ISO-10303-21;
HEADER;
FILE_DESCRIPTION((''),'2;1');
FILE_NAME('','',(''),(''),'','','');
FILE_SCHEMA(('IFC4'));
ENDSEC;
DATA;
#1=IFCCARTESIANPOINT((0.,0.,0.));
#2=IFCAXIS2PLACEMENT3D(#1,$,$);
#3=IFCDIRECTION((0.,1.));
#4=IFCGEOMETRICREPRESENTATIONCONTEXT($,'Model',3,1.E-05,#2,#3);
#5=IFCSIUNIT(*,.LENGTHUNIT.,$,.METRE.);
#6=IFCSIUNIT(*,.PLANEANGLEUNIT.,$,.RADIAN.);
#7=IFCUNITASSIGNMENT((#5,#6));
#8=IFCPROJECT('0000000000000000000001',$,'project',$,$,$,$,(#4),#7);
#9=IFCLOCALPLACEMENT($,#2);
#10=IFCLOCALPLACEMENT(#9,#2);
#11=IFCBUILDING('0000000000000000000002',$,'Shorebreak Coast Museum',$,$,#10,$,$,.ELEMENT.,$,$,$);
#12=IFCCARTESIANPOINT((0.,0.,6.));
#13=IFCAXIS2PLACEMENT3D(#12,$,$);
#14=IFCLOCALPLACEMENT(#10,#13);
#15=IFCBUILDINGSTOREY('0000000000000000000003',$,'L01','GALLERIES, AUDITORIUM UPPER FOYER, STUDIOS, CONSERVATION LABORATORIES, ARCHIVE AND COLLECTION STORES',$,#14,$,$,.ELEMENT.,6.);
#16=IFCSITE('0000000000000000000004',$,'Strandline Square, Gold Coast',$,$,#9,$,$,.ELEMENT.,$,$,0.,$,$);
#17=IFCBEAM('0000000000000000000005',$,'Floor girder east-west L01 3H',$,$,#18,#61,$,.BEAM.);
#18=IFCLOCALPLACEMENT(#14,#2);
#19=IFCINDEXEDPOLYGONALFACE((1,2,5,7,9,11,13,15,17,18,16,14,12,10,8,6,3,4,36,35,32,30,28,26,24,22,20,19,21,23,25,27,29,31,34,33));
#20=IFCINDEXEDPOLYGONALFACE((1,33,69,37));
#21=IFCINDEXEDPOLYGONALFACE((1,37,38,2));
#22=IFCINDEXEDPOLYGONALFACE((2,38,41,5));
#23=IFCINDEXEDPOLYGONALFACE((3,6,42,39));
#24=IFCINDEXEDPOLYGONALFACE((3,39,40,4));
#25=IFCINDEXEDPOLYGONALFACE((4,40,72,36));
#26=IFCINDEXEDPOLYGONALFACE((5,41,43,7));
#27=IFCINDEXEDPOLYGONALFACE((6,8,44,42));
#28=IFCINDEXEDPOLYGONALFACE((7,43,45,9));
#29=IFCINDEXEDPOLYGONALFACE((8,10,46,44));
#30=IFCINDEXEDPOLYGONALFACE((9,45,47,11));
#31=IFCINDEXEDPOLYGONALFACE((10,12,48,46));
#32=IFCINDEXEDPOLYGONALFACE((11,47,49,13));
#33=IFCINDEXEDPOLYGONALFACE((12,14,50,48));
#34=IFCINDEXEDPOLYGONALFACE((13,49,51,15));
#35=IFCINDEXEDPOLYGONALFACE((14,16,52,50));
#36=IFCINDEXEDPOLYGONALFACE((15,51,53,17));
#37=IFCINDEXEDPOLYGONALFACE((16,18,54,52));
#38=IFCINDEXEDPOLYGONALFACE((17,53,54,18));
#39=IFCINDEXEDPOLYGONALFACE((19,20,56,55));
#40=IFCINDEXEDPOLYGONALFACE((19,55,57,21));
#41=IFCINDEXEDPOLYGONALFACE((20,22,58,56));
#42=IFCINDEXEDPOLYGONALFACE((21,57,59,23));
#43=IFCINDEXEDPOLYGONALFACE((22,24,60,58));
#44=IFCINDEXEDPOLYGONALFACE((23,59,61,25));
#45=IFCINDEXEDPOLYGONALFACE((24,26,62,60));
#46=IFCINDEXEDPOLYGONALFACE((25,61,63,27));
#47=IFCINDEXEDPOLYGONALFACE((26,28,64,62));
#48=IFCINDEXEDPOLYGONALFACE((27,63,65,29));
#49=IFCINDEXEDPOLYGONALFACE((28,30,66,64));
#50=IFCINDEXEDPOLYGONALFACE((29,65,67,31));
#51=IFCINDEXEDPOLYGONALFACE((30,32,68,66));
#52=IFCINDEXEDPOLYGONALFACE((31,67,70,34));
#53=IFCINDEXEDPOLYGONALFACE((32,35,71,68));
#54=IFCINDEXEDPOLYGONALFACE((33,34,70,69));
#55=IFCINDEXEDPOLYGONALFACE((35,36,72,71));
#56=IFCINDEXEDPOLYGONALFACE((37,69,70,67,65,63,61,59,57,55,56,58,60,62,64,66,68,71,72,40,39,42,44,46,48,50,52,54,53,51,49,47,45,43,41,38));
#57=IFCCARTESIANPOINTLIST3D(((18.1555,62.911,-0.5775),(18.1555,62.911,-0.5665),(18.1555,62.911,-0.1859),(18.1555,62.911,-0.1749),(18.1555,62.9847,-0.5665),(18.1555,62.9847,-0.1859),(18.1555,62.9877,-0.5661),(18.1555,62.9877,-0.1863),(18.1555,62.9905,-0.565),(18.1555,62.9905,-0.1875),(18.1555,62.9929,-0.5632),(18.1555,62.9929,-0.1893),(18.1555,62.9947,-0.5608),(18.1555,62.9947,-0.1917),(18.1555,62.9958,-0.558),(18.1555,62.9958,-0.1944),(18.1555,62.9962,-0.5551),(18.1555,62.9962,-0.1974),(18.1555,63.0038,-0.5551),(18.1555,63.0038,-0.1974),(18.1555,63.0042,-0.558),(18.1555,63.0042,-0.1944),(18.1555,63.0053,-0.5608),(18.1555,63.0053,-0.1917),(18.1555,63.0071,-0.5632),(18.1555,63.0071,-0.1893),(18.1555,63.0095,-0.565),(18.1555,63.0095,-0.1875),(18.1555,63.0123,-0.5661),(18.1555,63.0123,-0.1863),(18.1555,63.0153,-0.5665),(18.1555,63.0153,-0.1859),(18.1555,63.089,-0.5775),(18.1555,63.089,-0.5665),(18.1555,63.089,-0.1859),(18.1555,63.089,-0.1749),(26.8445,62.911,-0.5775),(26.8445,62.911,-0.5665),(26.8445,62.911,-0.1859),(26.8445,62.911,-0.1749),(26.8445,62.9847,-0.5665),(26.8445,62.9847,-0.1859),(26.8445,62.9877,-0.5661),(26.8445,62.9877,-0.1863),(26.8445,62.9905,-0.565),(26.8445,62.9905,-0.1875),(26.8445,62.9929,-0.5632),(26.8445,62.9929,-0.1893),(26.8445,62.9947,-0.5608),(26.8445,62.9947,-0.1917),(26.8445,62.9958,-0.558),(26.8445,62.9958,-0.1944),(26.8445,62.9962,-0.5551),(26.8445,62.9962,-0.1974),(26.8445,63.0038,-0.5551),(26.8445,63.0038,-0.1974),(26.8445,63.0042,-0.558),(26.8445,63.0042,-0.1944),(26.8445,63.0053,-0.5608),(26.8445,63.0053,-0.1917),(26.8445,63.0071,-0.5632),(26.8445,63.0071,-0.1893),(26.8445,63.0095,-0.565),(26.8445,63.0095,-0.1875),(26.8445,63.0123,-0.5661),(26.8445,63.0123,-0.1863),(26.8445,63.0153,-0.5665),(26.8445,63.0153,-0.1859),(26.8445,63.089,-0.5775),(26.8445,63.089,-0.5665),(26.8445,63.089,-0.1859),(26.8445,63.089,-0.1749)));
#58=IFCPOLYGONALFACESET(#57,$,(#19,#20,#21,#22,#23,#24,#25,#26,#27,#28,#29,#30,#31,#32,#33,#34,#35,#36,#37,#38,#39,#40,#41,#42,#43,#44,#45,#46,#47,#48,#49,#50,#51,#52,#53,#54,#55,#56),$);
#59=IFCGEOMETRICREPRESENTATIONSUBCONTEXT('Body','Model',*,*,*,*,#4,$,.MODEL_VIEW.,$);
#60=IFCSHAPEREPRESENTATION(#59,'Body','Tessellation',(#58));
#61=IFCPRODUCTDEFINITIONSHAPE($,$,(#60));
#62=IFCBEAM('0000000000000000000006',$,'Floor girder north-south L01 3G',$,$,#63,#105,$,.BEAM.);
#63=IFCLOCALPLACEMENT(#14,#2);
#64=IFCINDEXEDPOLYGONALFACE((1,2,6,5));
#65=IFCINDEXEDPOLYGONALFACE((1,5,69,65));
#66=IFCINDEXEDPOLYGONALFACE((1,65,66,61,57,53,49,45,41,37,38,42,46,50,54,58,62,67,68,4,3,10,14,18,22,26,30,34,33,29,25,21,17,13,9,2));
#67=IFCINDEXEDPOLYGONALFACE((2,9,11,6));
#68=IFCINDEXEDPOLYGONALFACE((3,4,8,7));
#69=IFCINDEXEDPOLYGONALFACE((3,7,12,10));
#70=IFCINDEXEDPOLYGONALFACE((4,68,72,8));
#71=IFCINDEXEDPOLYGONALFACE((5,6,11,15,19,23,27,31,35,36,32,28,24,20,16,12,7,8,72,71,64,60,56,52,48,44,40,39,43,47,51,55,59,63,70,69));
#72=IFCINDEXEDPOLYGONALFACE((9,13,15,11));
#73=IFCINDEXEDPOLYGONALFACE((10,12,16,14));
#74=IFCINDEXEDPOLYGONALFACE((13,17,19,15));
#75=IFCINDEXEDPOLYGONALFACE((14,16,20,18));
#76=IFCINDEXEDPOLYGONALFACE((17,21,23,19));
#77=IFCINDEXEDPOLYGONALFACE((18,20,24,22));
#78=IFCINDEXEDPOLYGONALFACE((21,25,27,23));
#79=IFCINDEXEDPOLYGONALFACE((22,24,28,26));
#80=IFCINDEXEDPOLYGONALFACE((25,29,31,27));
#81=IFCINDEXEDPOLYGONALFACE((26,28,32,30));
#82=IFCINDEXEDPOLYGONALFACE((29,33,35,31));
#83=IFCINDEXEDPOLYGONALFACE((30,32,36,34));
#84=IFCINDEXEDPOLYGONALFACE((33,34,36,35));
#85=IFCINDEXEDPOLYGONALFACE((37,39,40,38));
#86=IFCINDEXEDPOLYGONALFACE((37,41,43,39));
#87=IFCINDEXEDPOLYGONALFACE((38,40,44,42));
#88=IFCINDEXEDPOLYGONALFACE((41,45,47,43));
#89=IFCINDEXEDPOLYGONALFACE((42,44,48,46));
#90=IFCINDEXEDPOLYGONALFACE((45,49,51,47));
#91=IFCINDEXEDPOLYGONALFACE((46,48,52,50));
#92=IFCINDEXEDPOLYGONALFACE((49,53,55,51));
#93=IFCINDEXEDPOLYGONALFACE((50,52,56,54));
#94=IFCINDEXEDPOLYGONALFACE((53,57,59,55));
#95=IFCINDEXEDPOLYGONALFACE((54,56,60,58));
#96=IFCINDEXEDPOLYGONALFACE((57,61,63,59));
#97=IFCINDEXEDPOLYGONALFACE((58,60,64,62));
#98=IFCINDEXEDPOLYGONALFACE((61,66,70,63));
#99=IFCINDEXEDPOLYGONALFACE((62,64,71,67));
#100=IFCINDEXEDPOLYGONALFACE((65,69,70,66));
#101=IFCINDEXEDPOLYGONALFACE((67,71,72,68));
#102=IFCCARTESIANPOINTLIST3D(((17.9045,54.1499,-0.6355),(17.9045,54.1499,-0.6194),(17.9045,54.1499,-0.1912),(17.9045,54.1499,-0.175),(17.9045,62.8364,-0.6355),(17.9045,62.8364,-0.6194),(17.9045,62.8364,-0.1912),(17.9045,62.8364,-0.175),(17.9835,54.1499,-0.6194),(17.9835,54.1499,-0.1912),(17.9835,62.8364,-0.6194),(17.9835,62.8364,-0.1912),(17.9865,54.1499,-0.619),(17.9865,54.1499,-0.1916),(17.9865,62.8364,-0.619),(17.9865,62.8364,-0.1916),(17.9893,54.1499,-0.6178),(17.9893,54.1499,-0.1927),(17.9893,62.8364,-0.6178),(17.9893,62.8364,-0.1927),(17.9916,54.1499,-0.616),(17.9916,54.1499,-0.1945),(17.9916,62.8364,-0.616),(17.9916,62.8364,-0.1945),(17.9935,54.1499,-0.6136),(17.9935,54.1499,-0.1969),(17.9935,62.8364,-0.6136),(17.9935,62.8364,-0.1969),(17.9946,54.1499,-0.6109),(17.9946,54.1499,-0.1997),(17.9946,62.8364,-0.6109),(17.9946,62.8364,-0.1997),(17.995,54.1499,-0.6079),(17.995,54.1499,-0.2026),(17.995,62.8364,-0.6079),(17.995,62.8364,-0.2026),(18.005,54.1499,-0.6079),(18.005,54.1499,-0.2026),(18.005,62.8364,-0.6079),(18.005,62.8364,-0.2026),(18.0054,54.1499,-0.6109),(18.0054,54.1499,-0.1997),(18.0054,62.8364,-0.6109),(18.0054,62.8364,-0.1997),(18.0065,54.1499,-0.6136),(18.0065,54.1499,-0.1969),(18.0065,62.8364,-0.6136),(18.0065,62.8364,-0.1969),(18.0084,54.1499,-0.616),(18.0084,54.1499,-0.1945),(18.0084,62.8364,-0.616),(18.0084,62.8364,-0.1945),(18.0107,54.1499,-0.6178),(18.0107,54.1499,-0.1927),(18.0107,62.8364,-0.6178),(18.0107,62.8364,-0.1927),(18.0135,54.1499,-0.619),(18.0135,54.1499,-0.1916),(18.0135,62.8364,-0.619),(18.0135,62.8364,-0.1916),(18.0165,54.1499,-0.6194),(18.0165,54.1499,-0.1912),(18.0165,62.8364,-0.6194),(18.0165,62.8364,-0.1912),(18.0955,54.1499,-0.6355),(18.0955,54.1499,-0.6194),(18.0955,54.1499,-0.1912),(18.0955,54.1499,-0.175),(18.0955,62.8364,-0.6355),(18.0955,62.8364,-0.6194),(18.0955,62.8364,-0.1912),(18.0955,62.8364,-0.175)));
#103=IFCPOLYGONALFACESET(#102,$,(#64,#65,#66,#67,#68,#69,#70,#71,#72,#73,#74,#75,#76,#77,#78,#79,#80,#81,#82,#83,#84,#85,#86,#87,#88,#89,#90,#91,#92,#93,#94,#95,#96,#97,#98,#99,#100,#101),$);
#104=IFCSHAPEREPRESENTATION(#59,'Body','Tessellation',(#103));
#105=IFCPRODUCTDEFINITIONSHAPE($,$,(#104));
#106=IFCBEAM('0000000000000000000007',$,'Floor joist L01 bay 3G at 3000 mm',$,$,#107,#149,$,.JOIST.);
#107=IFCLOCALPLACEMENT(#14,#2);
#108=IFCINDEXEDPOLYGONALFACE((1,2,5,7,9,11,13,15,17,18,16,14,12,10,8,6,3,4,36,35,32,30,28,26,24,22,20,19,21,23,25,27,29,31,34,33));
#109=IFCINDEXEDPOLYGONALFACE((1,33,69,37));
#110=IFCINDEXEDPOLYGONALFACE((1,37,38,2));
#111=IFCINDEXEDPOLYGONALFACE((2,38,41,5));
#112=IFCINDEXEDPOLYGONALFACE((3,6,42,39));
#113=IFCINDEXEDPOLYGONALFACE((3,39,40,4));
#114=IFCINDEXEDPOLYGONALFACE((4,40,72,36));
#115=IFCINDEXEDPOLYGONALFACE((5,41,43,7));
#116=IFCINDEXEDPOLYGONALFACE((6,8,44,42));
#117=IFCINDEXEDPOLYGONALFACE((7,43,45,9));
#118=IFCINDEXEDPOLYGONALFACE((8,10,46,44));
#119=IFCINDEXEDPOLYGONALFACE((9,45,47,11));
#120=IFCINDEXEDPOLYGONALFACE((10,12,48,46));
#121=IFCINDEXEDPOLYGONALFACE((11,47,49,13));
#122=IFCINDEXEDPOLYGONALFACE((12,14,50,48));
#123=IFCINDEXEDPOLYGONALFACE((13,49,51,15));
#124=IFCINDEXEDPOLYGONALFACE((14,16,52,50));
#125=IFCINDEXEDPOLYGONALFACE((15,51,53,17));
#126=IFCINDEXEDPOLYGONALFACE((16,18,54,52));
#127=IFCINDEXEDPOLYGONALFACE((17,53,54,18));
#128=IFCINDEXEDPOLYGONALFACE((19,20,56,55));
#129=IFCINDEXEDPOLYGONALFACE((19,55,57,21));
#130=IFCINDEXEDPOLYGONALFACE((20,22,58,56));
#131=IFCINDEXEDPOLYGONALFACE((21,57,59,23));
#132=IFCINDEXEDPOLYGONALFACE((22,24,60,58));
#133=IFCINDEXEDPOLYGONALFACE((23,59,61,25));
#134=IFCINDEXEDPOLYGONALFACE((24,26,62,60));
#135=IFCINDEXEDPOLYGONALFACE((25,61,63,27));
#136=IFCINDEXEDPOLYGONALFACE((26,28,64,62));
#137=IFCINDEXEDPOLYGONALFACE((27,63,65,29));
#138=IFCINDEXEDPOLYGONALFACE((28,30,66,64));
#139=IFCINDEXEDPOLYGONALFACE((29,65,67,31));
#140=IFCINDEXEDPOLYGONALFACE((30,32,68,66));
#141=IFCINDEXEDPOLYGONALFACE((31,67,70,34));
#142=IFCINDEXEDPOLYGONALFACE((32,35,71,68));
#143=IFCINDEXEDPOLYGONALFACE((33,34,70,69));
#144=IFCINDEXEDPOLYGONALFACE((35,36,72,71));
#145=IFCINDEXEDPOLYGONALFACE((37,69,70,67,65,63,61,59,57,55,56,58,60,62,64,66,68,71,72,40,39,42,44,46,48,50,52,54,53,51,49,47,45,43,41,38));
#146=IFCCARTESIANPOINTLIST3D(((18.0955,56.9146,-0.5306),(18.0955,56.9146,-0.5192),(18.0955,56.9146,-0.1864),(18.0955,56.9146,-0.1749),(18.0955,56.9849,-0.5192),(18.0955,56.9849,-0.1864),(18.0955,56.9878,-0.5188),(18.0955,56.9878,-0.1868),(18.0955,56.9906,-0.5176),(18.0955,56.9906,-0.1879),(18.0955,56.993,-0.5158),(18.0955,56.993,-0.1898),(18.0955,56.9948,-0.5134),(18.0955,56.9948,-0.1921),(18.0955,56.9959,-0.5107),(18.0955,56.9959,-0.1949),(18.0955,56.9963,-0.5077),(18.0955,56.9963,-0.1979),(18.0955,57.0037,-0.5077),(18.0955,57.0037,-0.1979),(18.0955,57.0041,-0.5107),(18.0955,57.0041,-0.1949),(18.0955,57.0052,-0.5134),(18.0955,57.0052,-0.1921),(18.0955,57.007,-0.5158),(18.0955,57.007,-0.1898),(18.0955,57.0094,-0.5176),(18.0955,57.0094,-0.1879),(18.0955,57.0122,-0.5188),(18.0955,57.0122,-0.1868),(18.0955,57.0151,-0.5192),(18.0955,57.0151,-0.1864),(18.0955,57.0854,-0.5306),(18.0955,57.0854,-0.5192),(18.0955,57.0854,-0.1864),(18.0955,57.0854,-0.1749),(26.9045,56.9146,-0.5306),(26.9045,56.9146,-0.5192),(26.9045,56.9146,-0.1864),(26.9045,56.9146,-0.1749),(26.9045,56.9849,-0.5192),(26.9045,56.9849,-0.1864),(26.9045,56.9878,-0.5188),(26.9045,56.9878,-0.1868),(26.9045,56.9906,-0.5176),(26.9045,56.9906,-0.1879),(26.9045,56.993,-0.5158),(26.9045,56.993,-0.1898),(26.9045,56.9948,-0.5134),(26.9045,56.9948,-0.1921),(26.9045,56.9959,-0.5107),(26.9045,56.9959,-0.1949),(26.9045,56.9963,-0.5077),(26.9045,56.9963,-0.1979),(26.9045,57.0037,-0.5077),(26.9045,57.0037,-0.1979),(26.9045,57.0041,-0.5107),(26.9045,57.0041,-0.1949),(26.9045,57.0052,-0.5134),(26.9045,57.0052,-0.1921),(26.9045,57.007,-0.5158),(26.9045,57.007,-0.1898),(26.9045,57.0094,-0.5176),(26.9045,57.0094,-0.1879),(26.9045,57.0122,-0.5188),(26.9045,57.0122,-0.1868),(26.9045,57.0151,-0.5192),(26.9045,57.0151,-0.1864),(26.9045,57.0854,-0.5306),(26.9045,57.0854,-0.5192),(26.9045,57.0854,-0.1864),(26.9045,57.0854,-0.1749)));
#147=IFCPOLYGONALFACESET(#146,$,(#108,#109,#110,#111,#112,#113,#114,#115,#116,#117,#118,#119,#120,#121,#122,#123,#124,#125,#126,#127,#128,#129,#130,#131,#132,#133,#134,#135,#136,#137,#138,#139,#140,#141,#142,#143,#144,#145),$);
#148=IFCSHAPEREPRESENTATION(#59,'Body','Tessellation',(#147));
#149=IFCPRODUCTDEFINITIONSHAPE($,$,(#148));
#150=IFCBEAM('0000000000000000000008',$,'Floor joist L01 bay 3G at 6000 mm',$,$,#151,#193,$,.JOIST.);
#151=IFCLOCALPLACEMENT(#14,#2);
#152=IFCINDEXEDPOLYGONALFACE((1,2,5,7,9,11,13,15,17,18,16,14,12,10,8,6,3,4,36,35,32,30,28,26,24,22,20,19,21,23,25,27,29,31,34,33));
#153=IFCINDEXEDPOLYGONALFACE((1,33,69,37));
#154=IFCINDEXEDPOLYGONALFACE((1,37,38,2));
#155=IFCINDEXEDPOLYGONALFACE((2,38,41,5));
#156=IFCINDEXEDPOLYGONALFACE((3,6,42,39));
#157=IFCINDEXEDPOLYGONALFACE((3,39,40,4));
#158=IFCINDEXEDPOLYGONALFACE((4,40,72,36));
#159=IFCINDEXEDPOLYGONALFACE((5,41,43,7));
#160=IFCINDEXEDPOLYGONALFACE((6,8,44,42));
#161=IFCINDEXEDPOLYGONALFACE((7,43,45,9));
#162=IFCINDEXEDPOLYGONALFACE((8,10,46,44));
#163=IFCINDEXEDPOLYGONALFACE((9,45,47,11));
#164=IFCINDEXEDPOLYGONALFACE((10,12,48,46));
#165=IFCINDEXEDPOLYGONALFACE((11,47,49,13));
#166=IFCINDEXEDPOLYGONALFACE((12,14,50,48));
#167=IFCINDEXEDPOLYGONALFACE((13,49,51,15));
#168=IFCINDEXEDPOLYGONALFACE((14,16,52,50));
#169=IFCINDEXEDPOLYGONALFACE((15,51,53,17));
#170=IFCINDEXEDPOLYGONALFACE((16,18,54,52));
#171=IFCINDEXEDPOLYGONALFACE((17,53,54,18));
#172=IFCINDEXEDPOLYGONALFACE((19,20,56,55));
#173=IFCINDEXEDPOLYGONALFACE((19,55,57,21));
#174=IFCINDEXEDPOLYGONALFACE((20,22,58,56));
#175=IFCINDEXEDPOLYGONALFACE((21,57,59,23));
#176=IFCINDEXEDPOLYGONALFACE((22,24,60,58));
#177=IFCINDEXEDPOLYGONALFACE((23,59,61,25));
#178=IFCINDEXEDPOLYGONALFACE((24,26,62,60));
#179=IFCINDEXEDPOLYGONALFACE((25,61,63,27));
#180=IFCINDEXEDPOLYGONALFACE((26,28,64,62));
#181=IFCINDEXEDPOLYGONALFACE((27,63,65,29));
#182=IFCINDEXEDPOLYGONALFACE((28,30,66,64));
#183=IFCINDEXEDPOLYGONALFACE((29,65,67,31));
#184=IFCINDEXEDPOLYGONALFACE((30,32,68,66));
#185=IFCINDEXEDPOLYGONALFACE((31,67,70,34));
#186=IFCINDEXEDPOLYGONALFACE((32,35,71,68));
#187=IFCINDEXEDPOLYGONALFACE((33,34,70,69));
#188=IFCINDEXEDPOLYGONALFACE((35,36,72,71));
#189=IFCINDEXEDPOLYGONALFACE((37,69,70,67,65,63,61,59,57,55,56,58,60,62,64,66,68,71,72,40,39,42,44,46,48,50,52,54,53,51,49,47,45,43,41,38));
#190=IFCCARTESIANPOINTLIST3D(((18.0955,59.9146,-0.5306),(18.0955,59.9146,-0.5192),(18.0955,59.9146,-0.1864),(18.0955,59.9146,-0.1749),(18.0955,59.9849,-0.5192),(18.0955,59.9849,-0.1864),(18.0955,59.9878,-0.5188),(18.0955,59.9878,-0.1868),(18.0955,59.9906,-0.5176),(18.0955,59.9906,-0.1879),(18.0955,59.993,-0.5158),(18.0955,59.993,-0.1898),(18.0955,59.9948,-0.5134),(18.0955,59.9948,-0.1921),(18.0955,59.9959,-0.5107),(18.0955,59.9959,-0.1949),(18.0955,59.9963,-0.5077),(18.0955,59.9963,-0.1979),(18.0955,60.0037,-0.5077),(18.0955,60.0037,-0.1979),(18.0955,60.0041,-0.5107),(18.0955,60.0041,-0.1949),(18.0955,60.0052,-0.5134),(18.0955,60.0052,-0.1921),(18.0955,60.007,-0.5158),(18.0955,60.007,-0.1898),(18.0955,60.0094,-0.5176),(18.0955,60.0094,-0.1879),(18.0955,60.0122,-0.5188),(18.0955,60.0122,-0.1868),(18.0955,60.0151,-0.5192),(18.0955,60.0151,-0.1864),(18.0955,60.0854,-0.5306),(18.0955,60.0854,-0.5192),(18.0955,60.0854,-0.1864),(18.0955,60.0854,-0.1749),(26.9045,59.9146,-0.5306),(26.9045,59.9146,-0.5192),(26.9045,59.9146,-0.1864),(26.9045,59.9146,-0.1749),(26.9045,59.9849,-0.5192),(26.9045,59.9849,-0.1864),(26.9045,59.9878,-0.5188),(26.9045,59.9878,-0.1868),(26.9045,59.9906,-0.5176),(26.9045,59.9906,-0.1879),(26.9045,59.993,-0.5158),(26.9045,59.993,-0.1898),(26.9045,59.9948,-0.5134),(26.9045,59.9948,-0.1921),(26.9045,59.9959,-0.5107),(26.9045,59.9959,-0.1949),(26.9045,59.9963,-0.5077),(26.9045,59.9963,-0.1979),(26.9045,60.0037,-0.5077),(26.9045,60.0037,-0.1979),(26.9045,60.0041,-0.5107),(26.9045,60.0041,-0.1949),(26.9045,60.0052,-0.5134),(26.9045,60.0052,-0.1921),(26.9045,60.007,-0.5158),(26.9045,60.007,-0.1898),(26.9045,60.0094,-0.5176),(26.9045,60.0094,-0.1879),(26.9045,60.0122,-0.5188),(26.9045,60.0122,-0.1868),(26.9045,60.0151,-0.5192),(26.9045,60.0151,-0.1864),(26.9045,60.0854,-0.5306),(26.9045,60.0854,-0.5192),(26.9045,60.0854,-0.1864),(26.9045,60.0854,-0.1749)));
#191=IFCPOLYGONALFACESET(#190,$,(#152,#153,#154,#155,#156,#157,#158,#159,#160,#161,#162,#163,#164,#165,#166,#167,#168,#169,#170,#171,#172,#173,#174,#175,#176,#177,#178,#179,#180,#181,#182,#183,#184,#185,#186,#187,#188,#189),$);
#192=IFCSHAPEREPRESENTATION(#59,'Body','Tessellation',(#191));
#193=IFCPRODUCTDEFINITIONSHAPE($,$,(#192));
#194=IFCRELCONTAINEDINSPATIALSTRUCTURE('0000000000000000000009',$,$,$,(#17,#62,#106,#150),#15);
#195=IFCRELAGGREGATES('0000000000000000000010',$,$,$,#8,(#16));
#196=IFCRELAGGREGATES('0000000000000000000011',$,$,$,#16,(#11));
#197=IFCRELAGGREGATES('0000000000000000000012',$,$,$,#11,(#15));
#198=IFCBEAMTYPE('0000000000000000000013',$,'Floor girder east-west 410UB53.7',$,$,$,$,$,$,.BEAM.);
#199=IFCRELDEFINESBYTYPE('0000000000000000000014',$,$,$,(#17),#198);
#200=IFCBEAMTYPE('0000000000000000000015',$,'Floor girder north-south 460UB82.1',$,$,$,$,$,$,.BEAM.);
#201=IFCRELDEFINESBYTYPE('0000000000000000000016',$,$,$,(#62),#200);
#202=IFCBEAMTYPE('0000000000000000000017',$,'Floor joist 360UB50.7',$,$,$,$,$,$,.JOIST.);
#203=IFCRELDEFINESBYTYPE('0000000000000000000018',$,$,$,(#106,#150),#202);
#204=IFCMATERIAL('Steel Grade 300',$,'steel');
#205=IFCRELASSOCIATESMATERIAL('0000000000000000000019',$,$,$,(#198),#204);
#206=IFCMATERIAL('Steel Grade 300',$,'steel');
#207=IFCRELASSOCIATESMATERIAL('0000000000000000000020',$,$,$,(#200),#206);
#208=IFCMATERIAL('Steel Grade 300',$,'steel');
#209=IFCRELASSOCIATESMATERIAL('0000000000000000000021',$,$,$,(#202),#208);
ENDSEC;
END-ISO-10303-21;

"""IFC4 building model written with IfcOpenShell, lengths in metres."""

from ifc_helpers import new_model, si_unit, direction, frame, origin, origin_2d, place, context, subcontext, project, spatial, i_section, extrude, material, material_profile, profile_set, type_object, element, save


model = new_model("IFC4")

# Units and contexts
model_context = context("Model", 3, precision=1e-05, world=origin(), true_north=direction((0.0, 1.0)))
body_context = subcontext(model_context, "Body", "Model", "MODEL_VIEW")
ifc_project = project(units=[si_unit("LENGTHUNIT", "METRE"), si_unit("PLANEANGLEUNIT", "RADIAN")], contexts=[model_context])

# Site, building, storey
site_placement = place(None, origin())
site = spatial("IfcSite", under=ifc_project, at=site_placement, Name="Strandline Square, Gold Coast", CompositionType="ELEMENT", RefElevation=0.0)
building_placement = place(site_placement, origin())
building = spatial("IfcBuilding", under=site, at=building_placement, Name="Shorebreak Coast Museum", CompositionType="ELEMENT")
storey_placement = place(building_placement, frame((0.0, 0.0, 6.0)))
storey = spatial("IfcBuildingStorey", under=building, at=storey_placement, Name="L01", Description="GALLERIES, AUDITORIUM UPPER FOYER, STUDIOS, CONSERVATION LABORATORIES, ARCHIVE AND COLLECTION STORES", CompositionType="ELEMENT", Elevation=6.0)

# Beams
ifc_material_1 = material(Name="Steel Grade 300", Category="steel")
ifc_material_profile_1 = material_profile(ifc_material_1, i_section(OverallWidth=0.178, OverallDepth=0.4026, WebThickness=0.0076, FlangeThickness=0.011, FilletRadius=0.0115, at=origin_2d()), Name="410UB53.7")
ifc_profile_set_1 = profile_set([ifc_material_profile_1], Name="Steel Grade 300")
beam_type_1 = type_object("IfcBeamType", Name="Floor girder east-west 410UB53.7", PredefinedType="BEAM", material=ifc_profile_set_1)
beam_1_placement = place(storey_placement, frame((18.1555, 63.0, -0.3762), z_axis=(1.0, 0.0, 0.0), x_axis=(0.0, 1.0, 0.0)))
element("IfcBeam", 1, at=beam_1_placement, inside=storey, type_object=beam_type_1, Name="Floor girder east-west L01 3H", PredefinedType="BEAM", context=body_context, shape_type="SweptSolid", body=[
    extrude(i_section(OverallWidth=0.178, OverallDepth=0.4026, WebThickness=0.0076, FlangeThickness=0.011, FilletRadius=0.0115, at=origin_2d()), origin(), (0.0, 0.0, 1.0), 8.689),
])
ifc_material_2 = material(Name="Steel Grade 300", Category="steel")
ifc_material_profile_2 = material_profile(ifc_material_2, i_section(OverallWidth=0.1909, OverallDepth=0.4604, WebThickness=0.01, FlangeThickness=0.0161, FilletRadius=0.0115, at=origin_2d()), Name="460UB82.1")
ifc_profile_set_2 = profile_set([ifc_material_profile_2], Name="Steel Grade 300")
beam_type_2 = type_object("IfcBeamType", Name="Floor girder north-south 460UB82.1", PredefinedType="BEAM", material=ifc_profile_set_2)
beam_2_placement = place(storey_placement, frame((18.0, 54.1499, -0.4053), z_axis=(0.0, 1.0, 0.0), x_axis=(-1.0, 0.0, 0.0)))
element("IfcBeam", 2, at=beam_2_placement, inside=storey, type_object=beam_type_2, Name="Floor girder north-south L01 3G", PredefinedType="BEAM", context=body_context, shape_type="SweptSolid", body=[
    extrude(i_section(OverallWidth=0.1909, OverallDepth=0.4604, WebThickness=0.01, FlangeThickness=0.0161, FilletRadius=0.0115, at=origin_2d()), origin(), (0.0, 0.0, 1.0), 8.6865),
])
ifc_material_3 = material(Name="Steel Grade 300", Category="steel")
ifc_material_profile_3 = material_profile(ifc_material_3, i_section(OverallWidth=0.1709, OverallDepth=0.3557, WebThickness=0.0073, FlangeThickness=0.0115, FilletRadius=0.0115, at=origin_2d()), Name="360UB50.7")
ifc_profile_set_3 = profile_set([ifc_material_profile_3], Name="Steel Grade 300")
beam_type_3 = type_object("IfcBeamType", Name="Floor joist 360UB50.7", PredefinedType="JOIST", material=ifc_profile_set_3)
for number, where, z_axis, x_axis, name in (
    (3, (18.0955, 57.0, -0.3528), (1.0, 0.0, 0.0), (0.0, 1.0, 0.0), "Floor joist L01 bay 3G at 3000 mm"),
    (4, (18.0955, 60.0, -0.3528), (1.0, 0.0, 0.0), (0.0, 1.0, 0.0), "Floor joist L01 bay 3G at 6000 mm"),
):
    element("IfcBeam", number, at=place(storey_placement, frame(where, z_axis=z_axis, x_axis=x_axis)), inside=storey, type_object=beam_type_3, Name=name, PredefinedType="JOIST", context=body_context, shape_type="SweptSolid", body=[
        extrude(i_section(OverallWidth=0.1709, OverallDepth=0.3557, WebThickness=0.0073, FlangeThickness=0.0115, FilletRadius=0.0115, at=origin_2d()), origin(), (0.0, 0.0, 1.0), 8.8091),
    ])

save(model, "model.ifc")
